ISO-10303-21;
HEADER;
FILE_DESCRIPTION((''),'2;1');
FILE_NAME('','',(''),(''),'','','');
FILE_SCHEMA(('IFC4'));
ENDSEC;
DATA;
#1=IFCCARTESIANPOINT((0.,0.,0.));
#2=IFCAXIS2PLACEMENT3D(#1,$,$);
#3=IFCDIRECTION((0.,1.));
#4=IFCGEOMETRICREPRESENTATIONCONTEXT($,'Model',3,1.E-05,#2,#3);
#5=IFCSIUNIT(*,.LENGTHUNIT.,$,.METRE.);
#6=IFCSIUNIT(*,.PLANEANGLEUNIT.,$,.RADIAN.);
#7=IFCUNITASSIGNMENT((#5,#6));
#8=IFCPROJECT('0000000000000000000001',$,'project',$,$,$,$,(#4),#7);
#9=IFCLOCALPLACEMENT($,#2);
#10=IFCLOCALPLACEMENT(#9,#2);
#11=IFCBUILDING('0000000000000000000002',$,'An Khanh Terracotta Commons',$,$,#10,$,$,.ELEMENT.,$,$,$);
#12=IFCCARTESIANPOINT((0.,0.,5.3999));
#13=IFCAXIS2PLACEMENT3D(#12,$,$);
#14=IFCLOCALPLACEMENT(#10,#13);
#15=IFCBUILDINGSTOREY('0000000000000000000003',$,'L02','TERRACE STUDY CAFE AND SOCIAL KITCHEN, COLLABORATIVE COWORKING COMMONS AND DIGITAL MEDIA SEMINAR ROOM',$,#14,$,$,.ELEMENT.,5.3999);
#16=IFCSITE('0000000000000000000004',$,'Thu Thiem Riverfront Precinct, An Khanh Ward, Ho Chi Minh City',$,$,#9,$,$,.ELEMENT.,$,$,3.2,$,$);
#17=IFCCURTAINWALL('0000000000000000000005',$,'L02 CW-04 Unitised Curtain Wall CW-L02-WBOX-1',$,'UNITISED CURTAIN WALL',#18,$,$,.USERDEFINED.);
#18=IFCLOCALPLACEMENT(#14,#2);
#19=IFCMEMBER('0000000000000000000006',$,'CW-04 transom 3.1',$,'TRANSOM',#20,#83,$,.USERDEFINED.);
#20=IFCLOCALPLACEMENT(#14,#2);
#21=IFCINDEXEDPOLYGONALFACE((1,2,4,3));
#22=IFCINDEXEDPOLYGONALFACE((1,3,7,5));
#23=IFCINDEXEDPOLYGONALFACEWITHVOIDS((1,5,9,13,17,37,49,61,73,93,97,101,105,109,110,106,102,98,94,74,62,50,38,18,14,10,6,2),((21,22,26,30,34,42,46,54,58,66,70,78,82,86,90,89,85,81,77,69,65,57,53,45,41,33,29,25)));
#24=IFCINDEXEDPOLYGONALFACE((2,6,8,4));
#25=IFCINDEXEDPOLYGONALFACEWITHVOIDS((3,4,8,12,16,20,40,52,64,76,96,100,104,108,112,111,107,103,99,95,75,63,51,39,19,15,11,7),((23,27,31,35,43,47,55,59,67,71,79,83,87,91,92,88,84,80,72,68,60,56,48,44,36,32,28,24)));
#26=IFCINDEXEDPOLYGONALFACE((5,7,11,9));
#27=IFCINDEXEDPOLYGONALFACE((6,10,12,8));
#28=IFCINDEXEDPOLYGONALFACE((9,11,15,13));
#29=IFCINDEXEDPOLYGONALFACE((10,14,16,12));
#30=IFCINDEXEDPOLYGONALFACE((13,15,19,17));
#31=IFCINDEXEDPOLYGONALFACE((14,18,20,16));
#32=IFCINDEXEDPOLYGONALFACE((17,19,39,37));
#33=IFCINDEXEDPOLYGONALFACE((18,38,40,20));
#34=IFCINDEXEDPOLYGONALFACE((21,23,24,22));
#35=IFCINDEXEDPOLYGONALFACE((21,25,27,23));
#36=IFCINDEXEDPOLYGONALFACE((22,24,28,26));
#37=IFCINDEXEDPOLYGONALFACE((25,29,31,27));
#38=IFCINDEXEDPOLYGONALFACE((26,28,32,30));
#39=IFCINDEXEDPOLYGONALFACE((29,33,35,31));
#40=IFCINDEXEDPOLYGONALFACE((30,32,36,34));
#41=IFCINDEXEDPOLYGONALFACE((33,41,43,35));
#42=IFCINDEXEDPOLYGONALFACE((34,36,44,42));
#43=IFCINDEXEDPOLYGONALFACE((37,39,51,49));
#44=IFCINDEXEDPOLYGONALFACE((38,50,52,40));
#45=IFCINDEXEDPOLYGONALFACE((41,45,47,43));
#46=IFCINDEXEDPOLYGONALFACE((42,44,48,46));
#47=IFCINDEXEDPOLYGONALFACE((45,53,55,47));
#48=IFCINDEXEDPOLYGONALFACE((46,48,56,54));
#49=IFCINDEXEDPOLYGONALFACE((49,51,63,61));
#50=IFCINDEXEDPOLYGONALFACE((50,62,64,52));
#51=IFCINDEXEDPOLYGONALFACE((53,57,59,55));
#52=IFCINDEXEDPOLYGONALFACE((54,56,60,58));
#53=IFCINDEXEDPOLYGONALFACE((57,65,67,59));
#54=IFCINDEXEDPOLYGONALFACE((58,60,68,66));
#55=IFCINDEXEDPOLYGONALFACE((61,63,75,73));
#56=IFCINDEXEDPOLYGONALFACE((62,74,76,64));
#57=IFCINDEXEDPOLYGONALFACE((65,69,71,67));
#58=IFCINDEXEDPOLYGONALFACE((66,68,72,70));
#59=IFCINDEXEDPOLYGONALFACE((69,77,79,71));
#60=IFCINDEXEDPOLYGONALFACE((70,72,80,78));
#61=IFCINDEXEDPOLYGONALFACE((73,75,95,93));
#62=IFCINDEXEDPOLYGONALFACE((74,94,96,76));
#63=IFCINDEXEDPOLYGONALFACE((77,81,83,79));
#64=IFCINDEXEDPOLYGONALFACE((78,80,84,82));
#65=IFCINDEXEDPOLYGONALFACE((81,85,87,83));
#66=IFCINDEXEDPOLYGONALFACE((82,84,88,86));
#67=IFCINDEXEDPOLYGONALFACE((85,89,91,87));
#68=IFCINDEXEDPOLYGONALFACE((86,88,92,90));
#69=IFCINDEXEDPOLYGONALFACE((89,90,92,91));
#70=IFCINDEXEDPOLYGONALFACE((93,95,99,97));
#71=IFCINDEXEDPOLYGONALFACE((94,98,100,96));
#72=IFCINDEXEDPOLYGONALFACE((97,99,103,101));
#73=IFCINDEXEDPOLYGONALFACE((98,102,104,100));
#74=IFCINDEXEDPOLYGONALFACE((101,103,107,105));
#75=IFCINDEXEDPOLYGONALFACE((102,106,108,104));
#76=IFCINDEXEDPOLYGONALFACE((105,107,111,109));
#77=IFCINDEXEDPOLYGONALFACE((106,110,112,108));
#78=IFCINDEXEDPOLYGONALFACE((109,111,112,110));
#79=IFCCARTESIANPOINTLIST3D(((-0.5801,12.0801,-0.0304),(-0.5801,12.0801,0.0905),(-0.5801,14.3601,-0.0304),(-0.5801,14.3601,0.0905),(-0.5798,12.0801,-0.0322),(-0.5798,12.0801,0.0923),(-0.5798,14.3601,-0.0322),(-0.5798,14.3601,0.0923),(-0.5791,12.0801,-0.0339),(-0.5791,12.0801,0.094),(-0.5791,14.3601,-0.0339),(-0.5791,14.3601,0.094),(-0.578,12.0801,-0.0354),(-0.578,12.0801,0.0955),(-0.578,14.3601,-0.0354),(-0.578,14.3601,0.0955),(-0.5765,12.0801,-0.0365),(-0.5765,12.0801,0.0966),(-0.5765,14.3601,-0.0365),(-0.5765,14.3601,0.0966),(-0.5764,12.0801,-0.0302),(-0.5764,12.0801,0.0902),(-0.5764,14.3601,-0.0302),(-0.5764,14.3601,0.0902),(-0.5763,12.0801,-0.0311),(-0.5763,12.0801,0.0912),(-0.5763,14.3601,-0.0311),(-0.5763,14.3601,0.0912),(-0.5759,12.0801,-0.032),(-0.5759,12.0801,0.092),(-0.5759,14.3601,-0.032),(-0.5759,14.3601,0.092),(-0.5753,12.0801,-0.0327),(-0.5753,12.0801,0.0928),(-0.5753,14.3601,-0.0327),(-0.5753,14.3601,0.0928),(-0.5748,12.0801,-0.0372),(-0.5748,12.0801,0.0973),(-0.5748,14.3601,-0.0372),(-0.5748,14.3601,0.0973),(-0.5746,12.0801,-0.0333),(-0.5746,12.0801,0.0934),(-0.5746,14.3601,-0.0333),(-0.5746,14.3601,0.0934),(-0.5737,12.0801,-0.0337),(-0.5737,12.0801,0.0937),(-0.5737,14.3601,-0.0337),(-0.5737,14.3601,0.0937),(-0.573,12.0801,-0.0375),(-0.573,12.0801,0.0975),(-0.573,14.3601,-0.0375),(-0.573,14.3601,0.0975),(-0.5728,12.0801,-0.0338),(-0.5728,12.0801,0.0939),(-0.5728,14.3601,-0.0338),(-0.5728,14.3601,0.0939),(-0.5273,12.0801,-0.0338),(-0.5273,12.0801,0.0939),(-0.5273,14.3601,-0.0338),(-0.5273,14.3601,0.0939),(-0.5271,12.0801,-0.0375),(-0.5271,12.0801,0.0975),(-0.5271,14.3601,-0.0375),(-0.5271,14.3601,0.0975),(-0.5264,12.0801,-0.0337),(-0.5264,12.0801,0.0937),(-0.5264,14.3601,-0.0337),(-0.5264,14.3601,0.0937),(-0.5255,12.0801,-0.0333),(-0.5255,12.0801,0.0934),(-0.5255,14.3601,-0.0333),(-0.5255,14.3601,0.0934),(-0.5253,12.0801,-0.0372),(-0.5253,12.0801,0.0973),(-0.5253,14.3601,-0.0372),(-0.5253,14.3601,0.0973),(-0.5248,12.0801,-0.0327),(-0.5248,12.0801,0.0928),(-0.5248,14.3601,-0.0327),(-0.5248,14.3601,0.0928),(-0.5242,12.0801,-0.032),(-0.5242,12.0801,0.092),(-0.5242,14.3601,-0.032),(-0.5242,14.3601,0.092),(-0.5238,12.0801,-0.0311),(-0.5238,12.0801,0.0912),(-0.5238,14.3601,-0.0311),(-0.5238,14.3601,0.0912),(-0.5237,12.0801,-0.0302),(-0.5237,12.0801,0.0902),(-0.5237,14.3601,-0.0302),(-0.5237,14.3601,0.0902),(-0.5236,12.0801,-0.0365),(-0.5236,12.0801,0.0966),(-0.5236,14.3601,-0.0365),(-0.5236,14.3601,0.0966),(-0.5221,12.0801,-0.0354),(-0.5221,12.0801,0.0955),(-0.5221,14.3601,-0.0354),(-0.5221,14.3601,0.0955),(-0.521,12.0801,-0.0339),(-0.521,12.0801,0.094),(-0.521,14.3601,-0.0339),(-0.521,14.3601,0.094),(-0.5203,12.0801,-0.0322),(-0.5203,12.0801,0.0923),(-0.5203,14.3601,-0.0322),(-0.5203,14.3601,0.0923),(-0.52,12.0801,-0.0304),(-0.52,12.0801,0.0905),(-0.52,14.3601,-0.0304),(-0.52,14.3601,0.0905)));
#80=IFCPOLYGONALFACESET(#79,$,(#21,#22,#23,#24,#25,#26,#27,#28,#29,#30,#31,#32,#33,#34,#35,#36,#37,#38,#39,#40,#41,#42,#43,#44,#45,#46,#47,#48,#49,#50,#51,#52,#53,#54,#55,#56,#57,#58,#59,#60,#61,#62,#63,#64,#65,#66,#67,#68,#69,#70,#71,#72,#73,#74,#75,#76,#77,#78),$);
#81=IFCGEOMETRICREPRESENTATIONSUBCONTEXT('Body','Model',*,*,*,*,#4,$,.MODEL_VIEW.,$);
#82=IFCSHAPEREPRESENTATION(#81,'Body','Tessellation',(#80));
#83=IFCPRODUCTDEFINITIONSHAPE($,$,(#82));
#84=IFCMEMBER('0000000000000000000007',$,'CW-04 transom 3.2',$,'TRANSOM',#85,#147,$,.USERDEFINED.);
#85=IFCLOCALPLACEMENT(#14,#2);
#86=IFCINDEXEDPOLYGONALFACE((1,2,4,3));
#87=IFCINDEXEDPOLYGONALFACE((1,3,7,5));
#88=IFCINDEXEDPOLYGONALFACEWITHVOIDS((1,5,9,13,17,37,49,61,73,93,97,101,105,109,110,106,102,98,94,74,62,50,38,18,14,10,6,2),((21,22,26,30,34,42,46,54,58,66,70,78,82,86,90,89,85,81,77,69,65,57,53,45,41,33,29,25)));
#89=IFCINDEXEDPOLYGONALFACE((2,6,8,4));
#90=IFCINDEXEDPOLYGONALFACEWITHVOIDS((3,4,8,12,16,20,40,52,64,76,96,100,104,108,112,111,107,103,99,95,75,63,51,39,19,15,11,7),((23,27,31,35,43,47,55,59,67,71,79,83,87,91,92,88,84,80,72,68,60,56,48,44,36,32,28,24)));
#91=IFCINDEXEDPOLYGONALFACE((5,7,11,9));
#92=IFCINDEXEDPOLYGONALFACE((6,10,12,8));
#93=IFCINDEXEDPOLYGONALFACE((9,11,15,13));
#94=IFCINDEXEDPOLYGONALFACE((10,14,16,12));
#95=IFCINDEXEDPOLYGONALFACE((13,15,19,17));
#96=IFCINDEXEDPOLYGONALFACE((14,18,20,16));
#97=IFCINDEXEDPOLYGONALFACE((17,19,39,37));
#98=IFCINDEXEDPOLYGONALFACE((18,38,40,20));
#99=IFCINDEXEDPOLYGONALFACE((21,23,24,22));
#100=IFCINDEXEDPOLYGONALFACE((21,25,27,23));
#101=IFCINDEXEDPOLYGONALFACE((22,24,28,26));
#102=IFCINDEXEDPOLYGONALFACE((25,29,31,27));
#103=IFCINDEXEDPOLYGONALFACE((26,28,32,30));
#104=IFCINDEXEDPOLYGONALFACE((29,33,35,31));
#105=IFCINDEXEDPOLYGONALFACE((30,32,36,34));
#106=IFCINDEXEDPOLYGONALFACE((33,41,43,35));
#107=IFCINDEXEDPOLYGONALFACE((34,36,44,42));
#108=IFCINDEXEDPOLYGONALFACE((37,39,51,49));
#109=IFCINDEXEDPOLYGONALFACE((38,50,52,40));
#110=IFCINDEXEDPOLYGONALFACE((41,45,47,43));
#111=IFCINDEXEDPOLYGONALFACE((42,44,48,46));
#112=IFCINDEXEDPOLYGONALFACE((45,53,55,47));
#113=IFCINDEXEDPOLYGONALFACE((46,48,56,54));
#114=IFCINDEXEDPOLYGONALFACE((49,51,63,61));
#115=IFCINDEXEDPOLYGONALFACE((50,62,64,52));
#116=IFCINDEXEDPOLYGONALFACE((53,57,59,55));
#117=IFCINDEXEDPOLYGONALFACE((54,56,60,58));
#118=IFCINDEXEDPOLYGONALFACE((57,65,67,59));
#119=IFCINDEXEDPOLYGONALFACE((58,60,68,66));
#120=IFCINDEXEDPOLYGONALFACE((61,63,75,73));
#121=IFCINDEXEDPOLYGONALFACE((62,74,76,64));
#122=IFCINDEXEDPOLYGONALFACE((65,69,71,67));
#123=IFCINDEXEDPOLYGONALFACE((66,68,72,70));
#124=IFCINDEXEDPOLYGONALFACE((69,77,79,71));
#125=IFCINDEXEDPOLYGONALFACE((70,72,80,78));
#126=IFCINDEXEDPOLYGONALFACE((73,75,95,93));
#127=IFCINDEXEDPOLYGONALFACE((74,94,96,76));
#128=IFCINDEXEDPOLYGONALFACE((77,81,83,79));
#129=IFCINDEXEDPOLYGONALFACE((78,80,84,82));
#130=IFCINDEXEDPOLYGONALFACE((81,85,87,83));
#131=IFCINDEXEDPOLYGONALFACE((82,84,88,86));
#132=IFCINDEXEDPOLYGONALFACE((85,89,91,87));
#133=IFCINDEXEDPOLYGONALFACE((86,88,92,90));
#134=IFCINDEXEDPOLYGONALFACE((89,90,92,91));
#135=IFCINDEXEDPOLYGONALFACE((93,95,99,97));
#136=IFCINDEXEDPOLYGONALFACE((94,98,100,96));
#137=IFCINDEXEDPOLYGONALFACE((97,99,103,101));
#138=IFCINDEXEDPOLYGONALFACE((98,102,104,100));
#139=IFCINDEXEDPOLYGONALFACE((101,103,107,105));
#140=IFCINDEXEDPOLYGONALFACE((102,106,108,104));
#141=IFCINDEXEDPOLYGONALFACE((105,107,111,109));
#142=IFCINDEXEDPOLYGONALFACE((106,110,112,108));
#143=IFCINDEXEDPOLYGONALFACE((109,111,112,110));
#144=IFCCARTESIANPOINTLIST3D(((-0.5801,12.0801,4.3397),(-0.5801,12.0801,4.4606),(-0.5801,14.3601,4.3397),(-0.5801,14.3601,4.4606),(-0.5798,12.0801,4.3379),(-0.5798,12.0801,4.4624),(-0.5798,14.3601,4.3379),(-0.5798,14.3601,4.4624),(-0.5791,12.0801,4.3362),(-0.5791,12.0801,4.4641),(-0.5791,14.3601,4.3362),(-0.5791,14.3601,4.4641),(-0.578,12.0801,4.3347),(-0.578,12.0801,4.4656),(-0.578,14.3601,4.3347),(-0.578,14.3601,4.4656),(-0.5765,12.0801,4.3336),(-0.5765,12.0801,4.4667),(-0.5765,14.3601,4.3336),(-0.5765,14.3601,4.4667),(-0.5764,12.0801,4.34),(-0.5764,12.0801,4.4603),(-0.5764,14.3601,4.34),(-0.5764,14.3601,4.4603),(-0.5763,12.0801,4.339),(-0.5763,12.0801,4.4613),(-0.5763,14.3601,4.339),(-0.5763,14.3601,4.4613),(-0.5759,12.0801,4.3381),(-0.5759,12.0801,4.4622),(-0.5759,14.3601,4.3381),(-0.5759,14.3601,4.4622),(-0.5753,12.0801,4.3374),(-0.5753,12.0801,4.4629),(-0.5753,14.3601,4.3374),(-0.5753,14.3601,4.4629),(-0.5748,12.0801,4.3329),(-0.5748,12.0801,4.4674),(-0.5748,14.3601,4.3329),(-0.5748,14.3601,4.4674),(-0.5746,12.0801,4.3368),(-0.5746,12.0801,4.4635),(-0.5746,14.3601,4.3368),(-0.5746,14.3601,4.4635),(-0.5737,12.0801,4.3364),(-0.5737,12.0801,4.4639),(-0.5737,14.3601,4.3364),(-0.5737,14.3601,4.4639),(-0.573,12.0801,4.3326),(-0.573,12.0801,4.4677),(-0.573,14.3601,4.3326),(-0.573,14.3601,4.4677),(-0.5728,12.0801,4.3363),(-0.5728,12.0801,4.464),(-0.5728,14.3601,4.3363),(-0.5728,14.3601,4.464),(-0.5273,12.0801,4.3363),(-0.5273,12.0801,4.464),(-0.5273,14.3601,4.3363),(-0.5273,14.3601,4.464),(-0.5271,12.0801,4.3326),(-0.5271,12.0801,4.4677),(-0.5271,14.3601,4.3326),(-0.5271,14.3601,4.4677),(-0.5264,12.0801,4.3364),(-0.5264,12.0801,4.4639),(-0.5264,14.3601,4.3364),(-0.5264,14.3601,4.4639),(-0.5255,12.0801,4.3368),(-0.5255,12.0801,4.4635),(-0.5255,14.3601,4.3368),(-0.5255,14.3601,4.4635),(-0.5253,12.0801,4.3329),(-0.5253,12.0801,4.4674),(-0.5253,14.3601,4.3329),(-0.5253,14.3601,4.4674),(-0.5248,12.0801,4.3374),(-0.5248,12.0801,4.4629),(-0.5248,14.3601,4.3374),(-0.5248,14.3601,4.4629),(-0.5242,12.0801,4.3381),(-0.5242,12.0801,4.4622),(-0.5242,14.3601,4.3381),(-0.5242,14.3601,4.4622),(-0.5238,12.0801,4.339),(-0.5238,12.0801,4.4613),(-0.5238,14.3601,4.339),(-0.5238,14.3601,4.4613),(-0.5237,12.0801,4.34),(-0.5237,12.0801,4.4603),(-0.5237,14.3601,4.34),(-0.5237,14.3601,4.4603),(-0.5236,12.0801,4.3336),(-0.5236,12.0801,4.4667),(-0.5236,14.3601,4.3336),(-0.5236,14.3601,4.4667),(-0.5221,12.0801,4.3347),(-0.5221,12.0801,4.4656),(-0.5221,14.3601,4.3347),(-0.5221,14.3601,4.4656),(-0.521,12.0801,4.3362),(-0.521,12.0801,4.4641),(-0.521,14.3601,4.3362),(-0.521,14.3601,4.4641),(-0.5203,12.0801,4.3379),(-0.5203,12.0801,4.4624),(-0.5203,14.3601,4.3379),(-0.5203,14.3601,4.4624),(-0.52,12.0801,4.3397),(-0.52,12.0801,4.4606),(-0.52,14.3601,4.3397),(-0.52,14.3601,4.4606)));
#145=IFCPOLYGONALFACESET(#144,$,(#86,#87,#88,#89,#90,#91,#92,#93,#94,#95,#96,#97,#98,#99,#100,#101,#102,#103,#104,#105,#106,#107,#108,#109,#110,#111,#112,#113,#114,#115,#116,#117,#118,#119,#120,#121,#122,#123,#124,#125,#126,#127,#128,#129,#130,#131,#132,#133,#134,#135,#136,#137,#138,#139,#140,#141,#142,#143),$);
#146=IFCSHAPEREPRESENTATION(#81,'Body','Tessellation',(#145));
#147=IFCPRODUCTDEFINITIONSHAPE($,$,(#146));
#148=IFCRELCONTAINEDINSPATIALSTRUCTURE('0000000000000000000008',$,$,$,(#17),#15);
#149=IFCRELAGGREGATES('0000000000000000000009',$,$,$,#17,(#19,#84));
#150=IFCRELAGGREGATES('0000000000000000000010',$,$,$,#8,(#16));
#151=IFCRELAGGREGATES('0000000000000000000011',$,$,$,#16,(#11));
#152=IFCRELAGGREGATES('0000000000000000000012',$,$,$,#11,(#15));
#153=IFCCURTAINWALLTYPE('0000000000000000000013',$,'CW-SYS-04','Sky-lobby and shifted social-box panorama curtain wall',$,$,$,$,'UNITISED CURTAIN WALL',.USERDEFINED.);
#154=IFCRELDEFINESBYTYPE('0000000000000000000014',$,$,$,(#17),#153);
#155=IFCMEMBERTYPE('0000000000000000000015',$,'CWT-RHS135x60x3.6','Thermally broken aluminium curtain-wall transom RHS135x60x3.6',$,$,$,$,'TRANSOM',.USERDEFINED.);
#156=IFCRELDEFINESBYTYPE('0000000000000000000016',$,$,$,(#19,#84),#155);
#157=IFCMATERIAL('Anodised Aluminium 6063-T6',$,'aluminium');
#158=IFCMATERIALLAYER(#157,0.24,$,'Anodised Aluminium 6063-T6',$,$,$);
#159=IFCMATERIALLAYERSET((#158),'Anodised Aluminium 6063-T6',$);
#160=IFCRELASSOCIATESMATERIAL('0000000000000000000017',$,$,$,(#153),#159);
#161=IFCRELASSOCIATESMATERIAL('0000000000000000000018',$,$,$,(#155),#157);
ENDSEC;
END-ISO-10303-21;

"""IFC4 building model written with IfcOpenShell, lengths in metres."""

from ifc_helpers import new_model, si_unit, direction, frame, origin, origin_2d, place, context, subcontext, project, spatial, hollow_rectangle, extrude, material, layer, layer_set, material_profile, profile_set, type_object, element, aggregate, save


model = new_model("IFC4")

# Units and contexts
model_context = context("Model", 3, precision=1e-05, world=origin(), true_north=direction((0.0, 1.0)))
body_context = subcontext(model_context, "Body", "Model", "MODEL_VIEW")
ifc_project = project(units=[si_unit("LENGTHUNIT", "METRE"), si_unit("PLANEANGLEUNIT", "RADIAN")], contexts=[model_context])

# Site, building, storey
site_placement = place(None, origin())
site = spatial("IfcSite", under=ifc_project, at=site_placement, Name="Thu Thiem Riverfront Precinct, An Khanh Ward, Ho Chi Minh City", CompositionType="ELEMENT", RefElevation=3.2)
building_placement = place(site_placement, origin())
building = spatial("IfcBuilding", under=site, at=building_placement, Name="An Khanh Terracotta Commons", CompositionType="ELEMENT")
storey_placement = place(building_placement, frame((0.0, 0.0, 5.3999)))
storey = spatial("IfcBuildingStorey", under=building, at=storey_placement, Name="L02", Description="TERRACE STUDY CAFE AND SOCIAL KITCHEN, COLLABORATIVE COWORKING COMMONS AND DIGITAL MEDIA SEMINAR ROOM", CompositionType="ELEMENT", Elevation=5.3999)

# Curtain wall
ifc_material_1 = material(Name="Anodised Aluminium 6063-T6", Category="aluminium")
ifc_layer_1 = layer(ifc_material_1, 0.24, Name="Anodised Aluminium 6063-T6")
ifc_layer_set_1 = layer_set([ifc_layer_1], Name="Anodised Aluminium 6063-T6")
curtain_wall_type = type_object("IfcCurtainWallType", Name="CW-SYS-04", Description="Sky-lobby and shifted social-box panorama curtain wall", ElementType="UNITISED CURTAIN WALL", PredefinedType="USERDEFINED", material=ifc_layer_set_1)
curtain_wall_1_placement = place(storey_placement, origin())
curtain_wall_1 = element("IfcCurtainWall", 1, at=curtain_wall_1_placement, inside=storey, type_object=curtain_wall_type, Name="L02 CW-04 Unitised Curtain Wall CW-L02-WBOX-1", ObjectType="UNITISED CURTAIN WALL", PredefinedType="USERDEFINED")

# Members
ifc_material_profile_1 = material_profile(ifc_material_1, hollow_rectangle(XDim=0.0601, YDim=0.135, WallThickness=0.0037, InnerFilletRadius=0.0037, OuterFilletRadius=0.0071, at=origin_2d()), Name="RHS135x60x3.6")
ifc_profile_set_1 = profile_set([ifc_material_profile_1], Name="Anodised Aluminium 6063-T6")
member_type_1 = type_object("IfcMemberType", Name="CWT-RHS135x60x3.6", Description="Thermally broken aluminium curtain-wall transom RHS135x60x3.6", ElementType="TRANSOM", PredefinedType="USERDEFINED", material=ifc_profile_set_1)
member_1_placement = place(storey_placement, frame((-0.55, 14.3601, 0.03), z_axis=(0.0, -1.0, 0.0), x_axis=(1.0, 0.0, 0.0)))
member_1 = element("IfcMember", 2, at=member_1_placement, type_object=member_type_1, Name="CW-04 transom 3.1", ObjectType="TRANSOM", PredefinedType="USERDEFINED", context=body_context, shape_type="SweptSolid", body=[
    extrude(hollow_rectangle(XDim=0.0601, YDim=0.135, WallThickness=0.0037, InnerFilletRadius=0.0037, OuterFilletRadius=0.0071, at=origin_2d()), origin(), (0.0, 0.0, 1.0), 2.28),
])
member_2_placement = place(storey_placement, frame((-0.55, 14.3601, 4.4001), z_axis=(0.0, -1.0, 0.0), x_axis=(1.0, 0.0, 0.0)))
member_2 = element("IfcMember", 3, at=member_2_placement, type_object=member_type_1, Name="CW-04 transom 3.2", ObjectType="TRANSOM", PredefinedType="USERDEFINED", context=body_context, shape_type="SweptSolid", body=[
    extrude(hollow_rectangle(XDim=0.0601, YDim=0.135, WallThickness=0.0037, InnerFilletRadius=0.0037, OuterFilletRadius=0.0071, at=origin_2d()), origin(), (0.0, 0.0, 1.0), 2.28),
])

aggregate(curtain_wall_1, [member_1, member_2])

save(model, "model.ifc")
